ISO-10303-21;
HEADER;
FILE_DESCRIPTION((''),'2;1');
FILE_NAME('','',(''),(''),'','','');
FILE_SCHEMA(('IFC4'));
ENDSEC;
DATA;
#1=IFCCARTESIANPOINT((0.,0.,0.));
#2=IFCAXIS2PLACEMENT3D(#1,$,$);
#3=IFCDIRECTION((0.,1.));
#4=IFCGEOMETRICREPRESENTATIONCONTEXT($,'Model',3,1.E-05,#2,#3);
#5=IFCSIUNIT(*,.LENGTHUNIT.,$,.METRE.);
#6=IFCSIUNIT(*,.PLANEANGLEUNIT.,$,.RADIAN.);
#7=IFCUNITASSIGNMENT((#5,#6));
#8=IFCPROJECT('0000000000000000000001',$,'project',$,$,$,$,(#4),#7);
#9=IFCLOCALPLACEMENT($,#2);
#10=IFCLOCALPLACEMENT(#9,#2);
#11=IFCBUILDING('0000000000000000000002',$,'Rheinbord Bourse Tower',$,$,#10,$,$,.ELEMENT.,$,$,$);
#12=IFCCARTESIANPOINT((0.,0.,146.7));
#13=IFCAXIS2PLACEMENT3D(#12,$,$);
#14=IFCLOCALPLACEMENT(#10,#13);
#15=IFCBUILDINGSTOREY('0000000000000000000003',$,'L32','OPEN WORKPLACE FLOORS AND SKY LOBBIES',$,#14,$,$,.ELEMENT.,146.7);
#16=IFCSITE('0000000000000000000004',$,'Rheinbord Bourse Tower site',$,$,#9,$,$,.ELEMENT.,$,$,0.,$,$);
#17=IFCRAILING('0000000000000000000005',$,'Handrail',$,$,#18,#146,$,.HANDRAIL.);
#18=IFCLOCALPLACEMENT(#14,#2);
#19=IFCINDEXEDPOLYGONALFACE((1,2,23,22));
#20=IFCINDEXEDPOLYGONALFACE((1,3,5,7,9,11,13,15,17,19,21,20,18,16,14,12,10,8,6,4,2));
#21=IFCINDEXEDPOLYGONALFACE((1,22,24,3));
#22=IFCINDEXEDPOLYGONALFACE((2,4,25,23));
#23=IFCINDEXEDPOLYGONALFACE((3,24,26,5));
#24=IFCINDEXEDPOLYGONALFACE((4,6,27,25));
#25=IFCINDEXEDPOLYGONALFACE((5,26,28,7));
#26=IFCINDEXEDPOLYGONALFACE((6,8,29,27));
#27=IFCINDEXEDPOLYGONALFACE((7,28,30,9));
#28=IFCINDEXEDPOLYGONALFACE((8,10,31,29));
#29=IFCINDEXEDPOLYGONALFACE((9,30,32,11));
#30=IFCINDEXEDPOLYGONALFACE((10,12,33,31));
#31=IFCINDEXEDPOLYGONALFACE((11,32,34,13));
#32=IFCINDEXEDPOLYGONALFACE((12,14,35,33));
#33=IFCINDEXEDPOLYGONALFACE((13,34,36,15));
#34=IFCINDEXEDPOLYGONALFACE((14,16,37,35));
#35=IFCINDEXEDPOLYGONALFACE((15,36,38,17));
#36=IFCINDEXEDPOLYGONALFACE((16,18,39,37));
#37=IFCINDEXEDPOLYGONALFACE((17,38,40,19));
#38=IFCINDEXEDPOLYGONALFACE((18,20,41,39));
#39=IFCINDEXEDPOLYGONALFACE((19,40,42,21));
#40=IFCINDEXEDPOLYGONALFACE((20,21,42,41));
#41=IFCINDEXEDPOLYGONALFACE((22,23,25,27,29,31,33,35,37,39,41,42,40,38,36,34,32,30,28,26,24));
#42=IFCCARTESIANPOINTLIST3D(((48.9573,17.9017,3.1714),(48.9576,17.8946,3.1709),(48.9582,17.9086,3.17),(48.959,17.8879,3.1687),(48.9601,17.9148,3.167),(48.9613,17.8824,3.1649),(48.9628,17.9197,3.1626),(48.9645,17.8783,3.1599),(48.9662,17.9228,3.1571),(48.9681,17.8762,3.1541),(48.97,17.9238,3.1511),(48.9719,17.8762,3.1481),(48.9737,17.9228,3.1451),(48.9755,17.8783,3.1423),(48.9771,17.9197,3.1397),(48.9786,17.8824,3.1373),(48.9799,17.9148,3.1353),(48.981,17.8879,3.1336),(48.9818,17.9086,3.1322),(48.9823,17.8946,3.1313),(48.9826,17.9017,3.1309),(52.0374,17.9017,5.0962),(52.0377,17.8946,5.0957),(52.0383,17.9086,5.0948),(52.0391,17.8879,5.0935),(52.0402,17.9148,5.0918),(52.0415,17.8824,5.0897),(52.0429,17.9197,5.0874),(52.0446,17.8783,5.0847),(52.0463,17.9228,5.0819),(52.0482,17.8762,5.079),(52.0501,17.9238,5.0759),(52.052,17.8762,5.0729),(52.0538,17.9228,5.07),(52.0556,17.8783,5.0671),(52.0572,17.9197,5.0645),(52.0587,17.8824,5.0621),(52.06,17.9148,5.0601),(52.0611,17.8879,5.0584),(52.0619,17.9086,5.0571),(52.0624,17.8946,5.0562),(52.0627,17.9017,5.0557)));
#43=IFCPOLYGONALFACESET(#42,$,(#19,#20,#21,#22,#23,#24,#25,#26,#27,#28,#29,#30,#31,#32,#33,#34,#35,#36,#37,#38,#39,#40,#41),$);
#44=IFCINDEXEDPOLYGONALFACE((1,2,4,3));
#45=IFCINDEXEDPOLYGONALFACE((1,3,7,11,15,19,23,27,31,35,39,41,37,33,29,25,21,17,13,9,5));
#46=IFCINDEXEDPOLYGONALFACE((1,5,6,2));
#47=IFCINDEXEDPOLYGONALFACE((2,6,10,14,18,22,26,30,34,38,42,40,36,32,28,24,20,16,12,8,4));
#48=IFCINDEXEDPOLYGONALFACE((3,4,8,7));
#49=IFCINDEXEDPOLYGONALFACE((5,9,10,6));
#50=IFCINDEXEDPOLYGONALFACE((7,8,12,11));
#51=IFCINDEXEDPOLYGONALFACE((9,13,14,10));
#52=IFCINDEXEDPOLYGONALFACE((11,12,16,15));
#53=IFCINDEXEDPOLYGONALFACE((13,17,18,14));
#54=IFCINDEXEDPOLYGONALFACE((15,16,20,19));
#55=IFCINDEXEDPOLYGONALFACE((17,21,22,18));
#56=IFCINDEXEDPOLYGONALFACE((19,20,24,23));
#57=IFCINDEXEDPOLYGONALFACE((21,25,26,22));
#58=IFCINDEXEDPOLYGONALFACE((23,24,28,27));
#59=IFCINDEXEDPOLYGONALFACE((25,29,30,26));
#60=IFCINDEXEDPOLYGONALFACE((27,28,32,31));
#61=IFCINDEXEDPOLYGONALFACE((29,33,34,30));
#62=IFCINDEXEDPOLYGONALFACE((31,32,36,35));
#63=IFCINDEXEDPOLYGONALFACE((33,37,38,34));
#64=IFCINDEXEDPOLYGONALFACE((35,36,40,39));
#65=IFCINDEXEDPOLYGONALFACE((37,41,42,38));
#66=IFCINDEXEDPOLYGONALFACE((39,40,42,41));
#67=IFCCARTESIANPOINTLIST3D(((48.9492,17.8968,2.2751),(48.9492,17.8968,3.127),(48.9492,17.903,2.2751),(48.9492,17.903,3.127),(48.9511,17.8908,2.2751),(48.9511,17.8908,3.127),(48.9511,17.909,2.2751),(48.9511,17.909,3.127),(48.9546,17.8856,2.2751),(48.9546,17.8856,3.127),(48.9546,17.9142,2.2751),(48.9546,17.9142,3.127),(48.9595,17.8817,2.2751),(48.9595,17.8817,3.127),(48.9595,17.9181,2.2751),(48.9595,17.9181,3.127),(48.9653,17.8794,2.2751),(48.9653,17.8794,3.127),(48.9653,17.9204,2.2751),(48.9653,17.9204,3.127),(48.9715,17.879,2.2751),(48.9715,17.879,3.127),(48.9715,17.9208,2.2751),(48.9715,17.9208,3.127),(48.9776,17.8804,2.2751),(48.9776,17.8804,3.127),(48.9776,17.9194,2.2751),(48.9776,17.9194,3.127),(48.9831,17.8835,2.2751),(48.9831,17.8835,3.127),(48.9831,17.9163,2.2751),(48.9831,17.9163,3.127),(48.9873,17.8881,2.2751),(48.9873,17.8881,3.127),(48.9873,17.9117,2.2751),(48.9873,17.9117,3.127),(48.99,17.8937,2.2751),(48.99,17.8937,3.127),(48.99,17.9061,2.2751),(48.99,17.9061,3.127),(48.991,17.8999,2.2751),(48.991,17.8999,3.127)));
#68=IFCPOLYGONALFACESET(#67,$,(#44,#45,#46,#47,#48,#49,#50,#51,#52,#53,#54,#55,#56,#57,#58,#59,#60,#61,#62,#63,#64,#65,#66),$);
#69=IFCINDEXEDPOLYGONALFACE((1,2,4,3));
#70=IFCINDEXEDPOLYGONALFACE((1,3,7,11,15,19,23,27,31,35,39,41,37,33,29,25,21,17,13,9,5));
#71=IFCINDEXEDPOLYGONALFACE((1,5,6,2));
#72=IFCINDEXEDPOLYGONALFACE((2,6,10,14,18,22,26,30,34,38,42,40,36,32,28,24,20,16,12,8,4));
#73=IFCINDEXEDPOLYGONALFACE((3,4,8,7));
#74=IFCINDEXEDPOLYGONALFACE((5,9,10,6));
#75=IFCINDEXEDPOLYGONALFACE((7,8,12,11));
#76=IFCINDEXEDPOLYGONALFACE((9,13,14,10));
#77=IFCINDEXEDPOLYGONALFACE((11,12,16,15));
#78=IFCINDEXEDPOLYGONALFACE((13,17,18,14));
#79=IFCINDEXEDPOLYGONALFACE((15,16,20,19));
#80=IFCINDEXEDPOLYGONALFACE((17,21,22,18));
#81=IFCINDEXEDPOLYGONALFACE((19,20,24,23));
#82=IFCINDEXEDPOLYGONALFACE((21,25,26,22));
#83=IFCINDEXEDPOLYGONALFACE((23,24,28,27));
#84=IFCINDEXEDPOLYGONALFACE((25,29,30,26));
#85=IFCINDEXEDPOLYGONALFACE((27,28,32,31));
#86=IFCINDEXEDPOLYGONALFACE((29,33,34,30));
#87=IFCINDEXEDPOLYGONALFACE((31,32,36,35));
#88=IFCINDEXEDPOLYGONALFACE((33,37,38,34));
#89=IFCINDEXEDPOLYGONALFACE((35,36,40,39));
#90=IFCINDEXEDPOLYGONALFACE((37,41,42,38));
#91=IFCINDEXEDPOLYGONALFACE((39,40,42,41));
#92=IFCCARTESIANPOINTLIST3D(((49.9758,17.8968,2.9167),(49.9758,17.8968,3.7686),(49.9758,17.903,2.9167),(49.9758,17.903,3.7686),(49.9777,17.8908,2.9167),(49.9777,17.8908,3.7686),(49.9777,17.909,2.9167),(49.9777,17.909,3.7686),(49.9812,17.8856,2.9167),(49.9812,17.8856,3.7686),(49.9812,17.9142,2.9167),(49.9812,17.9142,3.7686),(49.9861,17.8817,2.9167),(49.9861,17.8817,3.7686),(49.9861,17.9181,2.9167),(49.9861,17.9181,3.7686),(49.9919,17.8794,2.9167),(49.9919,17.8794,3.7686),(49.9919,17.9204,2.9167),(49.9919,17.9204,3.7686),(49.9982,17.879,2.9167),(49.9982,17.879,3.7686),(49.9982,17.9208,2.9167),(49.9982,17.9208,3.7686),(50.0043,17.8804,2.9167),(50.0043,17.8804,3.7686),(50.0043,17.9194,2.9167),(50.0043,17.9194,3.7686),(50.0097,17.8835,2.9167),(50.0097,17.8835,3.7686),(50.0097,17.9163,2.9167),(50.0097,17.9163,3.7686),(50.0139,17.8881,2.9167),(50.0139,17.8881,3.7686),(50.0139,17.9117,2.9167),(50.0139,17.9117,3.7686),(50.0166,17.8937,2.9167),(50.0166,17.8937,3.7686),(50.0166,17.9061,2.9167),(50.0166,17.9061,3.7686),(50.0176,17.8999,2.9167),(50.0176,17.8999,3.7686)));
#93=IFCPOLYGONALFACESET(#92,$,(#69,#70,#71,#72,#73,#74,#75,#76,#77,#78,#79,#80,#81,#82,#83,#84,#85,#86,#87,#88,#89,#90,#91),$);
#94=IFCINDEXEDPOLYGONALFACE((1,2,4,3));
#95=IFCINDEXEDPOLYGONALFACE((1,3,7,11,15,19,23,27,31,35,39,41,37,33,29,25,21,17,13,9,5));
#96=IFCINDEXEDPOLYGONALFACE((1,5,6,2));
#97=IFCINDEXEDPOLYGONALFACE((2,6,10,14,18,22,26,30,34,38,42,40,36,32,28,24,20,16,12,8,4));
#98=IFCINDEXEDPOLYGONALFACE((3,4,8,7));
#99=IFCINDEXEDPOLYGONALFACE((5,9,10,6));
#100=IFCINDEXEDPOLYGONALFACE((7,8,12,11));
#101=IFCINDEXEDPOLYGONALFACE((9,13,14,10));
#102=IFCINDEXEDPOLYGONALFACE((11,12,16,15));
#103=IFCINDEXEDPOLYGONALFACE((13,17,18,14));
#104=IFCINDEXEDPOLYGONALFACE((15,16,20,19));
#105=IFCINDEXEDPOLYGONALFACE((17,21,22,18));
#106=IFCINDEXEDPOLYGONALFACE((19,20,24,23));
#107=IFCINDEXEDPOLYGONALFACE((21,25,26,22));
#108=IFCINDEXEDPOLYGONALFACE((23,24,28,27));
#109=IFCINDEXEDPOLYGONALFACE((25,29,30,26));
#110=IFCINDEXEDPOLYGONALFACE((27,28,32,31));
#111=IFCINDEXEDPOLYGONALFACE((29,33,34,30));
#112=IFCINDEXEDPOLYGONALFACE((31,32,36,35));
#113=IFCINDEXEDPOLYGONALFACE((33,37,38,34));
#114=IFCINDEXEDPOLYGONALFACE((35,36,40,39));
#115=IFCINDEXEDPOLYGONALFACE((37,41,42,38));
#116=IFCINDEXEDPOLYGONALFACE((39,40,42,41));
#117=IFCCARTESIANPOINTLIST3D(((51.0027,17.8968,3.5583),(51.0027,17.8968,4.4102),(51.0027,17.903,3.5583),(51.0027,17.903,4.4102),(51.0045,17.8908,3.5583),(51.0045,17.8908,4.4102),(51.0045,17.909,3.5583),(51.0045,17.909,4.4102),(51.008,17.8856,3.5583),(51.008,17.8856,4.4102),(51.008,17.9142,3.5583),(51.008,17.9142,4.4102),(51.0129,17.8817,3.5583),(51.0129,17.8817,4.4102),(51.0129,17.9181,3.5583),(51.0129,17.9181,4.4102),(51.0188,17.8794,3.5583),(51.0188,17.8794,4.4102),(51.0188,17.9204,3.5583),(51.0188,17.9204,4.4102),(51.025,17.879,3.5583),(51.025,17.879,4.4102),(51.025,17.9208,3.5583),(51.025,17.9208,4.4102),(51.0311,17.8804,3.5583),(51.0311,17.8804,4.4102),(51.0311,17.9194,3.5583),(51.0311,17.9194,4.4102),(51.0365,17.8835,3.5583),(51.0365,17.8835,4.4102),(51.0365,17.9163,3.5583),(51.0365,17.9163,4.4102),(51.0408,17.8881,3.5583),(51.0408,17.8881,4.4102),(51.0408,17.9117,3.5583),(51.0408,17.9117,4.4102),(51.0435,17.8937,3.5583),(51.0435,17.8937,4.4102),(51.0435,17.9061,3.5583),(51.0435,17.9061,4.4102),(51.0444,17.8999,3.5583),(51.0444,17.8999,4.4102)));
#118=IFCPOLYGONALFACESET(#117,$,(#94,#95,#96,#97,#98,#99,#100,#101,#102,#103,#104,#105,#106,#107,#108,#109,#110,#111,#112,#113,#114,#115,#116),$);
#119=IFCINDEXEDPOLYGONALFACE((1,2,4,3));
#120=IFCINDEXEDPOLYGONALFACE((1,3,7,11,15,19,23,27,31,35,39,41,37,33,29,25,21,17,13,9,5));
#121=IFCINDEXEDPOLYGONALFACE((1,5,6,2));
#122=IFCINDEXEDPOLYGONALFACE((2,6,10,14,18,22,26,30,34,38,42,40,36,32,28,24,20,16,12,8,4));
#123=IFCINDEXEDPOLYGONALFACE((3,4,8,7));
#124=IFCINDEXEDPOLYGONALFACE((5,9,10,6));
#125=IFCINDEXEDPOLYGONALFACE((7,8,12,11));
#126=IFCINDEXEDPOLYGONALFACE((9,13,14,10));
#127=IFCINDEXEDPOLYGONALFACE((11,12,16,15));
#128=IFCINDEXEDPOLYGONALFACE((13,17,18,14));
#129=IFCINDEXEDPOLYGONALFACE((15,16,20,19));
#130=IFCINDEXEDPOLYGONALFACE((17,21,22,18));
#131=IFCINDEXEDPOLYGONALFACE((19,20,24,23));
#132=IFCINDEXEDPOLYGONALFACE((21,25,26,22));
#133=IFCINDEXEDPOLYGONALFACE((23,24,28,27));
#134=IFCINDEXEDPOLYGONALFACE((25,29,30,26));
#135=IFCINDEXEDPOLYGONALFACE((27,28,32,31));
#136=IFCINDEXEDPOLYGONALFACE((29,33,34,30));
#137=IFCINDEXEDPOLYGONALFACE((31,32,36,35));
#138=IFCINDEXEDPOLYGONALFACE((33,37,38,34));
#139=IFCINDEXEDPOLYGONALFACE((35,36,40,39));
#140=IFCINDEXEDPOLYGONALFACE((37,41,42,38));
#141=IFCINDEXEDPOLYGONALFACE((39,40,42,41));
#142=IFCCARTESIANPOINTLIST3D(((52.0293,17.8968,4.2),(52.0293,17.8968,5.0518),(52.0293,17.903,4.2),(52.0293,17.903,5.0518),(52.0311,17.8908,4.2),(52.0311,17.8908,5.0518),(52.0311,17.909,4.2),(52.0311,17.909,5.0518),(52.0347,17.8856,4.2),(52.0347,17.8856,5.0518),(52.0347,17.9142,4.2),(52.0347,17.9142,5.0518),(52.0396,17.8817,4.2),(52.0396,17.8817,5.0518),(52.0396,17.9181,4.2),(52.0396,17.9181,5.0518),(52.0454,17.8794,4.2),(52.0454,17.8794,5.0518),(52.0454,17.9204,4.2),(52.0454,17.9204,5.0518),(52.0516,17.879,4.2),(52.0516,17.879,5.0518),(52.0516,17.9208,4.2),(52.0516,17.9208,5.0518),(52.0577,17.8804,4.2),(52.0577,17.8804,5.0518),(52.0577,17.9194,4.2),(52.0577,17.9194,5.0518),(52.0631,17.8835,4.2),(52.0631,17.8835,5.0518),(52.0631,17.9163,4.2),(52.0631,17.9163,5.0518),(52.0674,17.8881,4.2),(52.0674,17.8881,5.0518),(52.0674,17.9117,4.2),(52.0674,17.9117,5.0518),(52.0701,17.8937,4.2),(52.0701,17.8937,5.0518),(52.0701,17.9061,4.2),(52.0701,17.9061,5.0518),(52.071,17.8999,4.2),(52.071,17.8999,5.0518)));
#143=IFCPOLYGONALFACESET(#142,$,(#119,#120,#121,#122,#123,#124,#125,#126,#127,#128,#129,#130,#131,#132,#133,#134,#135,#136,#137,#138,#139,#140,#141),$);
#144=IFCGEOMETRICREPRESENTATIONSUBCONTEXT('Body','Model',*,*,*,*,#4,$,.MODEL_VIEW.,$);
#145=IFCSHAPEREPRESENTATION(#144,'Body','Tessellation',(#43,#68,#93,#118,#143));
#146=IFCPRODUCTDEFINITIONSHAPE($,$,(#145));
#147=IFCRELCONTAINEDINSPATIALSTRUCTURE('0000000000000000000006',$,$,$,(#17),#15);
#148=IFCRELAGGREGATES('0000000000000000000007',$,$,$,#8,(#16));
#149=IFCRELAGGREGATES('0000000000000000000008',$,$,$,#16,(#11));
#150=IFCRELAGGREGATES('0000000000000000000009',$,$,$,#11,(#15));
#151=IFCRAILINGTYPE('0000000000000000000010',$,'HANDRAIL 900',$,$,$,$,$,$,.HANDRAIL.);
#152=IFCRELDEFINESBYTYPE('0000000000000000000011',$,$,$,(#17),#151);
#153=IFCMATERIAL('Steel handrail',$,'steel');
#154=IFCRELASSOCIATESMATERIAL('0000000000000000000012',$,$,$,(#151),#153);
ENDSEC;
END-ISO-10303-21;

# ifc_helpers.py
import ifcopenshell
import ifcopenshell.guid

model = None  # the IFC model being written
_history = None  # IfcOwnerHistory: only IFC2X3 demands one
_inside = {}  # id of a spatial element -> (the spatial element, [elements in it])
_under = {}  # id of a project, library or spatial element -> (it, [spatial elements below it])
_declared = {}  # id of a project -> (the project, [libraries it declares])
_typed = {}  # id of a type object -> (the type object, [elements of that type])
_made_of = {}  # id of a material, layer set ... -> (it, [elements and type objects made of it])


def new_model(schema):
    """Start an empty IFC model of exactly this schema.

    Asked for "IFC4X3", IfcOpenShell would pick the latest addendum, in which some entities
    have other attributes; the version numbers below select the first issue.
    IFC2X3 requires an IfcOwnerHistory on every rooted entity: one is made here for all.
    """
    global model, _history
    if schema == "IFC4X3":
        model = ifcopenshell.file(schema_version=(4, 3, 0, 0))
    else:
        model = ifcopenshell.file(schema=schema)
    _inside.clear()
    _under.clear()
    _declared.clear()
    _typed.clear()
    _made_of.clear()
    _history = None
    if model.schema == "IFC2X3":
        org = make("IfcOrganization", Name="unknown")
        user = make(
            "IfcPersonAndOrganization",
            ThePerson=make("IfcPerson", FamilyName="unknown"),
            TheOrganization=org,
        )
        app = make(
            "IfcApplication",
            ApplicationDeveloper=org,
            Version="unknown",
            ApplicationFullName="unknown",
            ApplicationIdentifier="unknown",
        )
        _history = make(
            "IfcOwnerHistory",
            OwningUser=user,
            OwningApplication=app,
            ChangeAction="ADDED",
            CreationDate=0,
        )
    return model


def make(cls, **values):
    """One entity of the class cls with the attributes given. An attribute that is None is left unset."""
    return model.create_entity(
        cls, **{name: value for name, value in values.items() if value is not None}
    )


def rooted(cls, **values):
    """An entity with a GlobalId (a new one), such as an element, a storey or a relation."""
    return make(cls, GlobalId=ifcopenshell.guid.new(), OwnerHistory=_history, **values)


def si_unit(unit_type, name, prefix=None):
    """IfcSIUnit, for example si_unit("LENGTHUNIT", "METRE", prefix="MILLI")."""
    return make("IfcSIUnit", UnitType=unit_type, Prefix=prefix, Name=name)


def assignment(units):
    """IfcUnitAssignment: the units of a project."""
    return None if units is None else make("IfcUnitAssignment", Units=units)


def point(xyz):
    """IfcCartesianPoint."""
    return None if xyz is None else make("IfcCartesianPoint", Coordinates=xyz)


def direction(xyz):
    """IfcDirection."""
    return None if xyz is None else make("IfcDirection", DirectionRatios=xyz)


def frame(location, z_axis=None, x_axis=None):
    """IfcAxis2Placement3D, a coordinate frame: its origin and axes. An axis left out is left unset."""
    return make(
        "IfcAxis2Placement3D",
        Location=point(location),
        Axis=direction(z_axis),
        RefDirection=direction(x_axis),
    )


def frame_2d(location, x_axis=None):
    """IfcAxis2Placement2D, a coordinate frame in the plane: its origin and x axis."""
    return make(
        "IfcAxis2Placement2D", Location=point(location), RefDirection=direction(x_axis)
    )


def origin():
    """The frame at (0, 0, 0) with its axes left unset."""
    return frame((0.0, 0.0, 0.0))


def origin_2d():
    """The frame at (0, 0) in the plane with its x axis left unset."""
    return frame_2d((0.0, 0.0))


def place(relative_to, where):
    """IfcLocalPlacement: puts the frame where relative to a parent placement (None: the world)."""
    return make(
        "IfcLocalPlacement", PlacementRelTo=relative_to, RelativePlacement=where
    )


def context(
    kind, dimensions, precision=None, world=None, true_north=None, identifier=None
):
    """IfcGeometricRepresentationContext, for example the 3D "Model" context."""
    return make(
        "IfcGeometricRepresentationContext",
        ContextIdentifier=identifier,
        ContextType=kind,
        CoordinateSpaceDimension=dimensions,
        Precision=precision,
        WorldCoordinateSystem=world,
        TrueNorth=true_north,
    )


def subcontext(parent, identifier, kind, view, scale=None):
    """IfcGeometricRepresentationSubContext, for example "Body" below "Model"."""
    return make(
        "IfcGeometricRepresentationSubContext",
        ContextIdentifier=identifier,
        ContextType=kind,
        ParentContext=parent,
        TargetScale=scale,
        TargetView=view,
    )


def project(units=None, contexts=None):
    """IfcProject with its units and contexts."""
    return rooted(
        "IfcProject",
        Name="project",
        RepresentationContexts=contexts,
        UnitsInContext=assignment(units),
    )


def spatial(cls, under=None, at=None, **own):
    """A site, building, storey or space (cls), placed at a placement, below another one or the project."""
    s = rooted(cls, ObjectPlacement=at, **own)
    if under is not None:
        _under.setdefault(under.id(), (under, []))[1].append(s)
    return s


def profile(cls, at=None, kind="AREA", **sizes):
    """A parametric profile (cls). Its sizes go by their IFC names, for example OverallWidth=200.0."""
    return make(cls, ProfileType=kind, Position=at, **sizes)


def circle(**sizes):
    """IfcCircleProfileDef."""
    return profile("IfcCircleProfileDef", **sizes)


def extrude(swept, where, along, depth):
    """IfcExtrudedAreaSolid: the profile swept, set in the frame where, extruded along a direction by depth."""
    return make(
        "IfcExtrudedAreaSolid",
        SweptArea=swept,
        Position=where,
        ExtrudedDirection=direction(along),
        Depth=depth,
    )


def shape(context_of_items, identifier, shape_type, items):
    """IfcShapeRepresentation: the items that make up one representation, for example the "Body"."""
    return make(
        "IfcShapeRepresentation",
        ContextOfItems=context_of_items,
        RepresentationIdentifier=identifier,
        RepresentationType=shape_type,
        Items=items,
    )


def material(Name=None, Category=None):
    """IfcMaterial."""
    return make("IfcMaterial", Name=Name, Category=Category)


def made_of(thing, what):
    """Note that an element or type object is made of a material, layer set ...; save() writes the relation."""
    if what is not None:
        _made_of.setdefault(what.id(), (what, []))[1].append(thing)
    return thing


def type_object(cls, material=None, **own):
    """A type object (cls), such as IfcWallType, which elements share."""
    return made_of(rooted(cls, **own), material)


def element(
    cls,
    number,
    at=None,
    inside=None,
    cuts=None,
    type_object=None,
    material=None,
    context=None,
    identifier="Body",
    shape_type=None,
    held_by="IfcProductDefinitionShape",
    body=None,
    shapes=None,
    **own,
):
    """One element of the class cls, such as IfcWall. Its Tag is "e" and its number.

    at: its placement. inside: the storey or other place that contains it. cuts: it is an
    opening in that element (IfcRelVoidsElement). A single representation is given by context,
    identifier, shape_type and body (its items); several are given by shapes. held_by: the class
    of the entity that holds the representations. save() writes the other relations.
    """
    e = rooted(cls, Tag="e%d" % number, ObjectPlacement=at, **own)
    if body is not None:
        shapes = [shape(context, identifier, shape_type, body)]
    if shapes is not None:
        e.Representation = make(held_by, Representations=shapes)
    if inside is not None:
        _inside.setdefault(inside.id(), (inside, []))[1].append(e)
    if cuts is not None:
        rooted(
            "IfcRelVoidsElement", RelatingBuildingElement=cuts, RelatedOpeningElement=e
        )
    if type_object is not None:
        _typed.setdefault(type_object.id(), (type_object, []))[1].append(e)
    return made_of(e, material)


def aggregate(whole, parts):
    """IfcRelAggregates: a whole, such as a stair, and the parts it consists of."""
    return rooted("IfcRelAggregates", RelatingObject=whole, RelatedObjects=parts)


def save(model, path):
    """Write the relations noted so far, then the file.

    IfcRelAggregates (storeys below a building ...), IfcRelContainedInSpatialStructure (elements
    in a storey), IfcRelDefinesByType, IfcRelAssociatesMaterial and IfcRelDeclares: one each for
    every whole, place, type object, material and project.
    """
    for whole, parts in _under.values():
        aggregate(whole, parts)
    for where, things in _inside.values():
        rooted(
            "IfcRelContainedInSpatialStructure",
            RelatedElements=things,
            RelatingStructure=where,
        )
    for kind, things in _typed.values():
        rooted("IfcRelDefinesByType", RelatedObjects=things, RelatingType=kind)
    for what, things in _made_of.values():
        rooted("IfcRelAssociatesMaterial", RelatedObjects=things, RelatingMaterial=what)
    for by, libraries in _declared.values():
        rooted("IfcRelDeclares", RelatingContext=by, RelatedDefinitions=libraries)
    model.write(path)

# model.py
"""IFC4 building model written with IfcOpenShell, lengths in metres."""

from ifc_helpers import new_model, si_unit, direction, frame, origin, origin_2d, place, context, subcontext, project, spatial, circle, extrude, material, type_object, element, save


model = new_model("IFC4")

# Units and contexts
model_context = context("Model", 3, precision=1e-05, world=origin(), true_north=direction((0.0, 1.0)))
body_context = subcontext(model_context, "Body", "Model", "MODEL_VIEW")
ifc_project = project(units=[si_unit("LENGTHUNIT", "METRE"), si_unit("PLANEANGLEUNIT", "RADIAN")], contexts=[model_context])

# Site, building, storey
site_placement = place(None, origin())
site = spatial("IfcSite", under=ifc_project, at=site_placement, Name="Rheinbord Bourse Tower site", CompositionType="ELEMENT", RefElevation=0.0)
building_placement = place(site_placement, origin())
building = spatial("IfcBuilding", under=site, at=building_placement, Name="Rheinbord Bourse Tower", CompositionType="ELEMENT")
storey_placement = place(building_placement, frame((0.0, 0.0, 146.7)))
storey = spatial("IfcBuildingStorey", under=building, at=storey_placement, Name="L32", Description="OPEN WORKPLACE FLOORS AND SKY LOBBIES", CompositionType="ELEMENT", Elevation=146.7)

# Railing
ifc_material_1 = material(Name="Steel handrail", Category="steel")
railing_type = type_object("IfcRailingType", Name="HANDRAIL 900", PredefinedType="HANDRAIL", material=ifc_material_1)
railing_1_placement = place(storey_placement, frame((48.97, 17.8999, 2.2751)))
element("IfcRailing", 1, at=railing_1_placement, inside=storey, type_object=railing_type, Name="Handrail", PredefinedType="HANDRAIL", context=body_context, shape_type="SweptSolid", body=[
    extrude(circle(Radius=0.0239, at=origin_2d()), frame((0.0, 0.0, 0.876), z_axis=(0.848029, 0.0, 0.529951), x_axis=(0.0, 1.0, 0.0)), (0.0, 0.0, 1.0), 3.6321),
    extrude(circle(Radius=0.021, at=origin_2d()), origin(), (0.0, 0.0, 1.0), 0.8518),
    extrude(circle(Radius=0.021, at=origin_2d()), frame((1.0266, 0.0, 0.6416)), (0.0, 0.0, 1.0), 0.8518),
    extrude(circle(Radius=0.021, at=origin_2d()), frame((2.0535, 0.0, 1.2832)), (0.0, 0.0, 1.0), 0.8518),
    extrude(circle(Radius=0.021, at=origin_2d()), frame((3.0801, 0.0, 1.9248)), (0.0, 0.0, 1.0), 0.8518),
])

save(model, "model.ifc")
